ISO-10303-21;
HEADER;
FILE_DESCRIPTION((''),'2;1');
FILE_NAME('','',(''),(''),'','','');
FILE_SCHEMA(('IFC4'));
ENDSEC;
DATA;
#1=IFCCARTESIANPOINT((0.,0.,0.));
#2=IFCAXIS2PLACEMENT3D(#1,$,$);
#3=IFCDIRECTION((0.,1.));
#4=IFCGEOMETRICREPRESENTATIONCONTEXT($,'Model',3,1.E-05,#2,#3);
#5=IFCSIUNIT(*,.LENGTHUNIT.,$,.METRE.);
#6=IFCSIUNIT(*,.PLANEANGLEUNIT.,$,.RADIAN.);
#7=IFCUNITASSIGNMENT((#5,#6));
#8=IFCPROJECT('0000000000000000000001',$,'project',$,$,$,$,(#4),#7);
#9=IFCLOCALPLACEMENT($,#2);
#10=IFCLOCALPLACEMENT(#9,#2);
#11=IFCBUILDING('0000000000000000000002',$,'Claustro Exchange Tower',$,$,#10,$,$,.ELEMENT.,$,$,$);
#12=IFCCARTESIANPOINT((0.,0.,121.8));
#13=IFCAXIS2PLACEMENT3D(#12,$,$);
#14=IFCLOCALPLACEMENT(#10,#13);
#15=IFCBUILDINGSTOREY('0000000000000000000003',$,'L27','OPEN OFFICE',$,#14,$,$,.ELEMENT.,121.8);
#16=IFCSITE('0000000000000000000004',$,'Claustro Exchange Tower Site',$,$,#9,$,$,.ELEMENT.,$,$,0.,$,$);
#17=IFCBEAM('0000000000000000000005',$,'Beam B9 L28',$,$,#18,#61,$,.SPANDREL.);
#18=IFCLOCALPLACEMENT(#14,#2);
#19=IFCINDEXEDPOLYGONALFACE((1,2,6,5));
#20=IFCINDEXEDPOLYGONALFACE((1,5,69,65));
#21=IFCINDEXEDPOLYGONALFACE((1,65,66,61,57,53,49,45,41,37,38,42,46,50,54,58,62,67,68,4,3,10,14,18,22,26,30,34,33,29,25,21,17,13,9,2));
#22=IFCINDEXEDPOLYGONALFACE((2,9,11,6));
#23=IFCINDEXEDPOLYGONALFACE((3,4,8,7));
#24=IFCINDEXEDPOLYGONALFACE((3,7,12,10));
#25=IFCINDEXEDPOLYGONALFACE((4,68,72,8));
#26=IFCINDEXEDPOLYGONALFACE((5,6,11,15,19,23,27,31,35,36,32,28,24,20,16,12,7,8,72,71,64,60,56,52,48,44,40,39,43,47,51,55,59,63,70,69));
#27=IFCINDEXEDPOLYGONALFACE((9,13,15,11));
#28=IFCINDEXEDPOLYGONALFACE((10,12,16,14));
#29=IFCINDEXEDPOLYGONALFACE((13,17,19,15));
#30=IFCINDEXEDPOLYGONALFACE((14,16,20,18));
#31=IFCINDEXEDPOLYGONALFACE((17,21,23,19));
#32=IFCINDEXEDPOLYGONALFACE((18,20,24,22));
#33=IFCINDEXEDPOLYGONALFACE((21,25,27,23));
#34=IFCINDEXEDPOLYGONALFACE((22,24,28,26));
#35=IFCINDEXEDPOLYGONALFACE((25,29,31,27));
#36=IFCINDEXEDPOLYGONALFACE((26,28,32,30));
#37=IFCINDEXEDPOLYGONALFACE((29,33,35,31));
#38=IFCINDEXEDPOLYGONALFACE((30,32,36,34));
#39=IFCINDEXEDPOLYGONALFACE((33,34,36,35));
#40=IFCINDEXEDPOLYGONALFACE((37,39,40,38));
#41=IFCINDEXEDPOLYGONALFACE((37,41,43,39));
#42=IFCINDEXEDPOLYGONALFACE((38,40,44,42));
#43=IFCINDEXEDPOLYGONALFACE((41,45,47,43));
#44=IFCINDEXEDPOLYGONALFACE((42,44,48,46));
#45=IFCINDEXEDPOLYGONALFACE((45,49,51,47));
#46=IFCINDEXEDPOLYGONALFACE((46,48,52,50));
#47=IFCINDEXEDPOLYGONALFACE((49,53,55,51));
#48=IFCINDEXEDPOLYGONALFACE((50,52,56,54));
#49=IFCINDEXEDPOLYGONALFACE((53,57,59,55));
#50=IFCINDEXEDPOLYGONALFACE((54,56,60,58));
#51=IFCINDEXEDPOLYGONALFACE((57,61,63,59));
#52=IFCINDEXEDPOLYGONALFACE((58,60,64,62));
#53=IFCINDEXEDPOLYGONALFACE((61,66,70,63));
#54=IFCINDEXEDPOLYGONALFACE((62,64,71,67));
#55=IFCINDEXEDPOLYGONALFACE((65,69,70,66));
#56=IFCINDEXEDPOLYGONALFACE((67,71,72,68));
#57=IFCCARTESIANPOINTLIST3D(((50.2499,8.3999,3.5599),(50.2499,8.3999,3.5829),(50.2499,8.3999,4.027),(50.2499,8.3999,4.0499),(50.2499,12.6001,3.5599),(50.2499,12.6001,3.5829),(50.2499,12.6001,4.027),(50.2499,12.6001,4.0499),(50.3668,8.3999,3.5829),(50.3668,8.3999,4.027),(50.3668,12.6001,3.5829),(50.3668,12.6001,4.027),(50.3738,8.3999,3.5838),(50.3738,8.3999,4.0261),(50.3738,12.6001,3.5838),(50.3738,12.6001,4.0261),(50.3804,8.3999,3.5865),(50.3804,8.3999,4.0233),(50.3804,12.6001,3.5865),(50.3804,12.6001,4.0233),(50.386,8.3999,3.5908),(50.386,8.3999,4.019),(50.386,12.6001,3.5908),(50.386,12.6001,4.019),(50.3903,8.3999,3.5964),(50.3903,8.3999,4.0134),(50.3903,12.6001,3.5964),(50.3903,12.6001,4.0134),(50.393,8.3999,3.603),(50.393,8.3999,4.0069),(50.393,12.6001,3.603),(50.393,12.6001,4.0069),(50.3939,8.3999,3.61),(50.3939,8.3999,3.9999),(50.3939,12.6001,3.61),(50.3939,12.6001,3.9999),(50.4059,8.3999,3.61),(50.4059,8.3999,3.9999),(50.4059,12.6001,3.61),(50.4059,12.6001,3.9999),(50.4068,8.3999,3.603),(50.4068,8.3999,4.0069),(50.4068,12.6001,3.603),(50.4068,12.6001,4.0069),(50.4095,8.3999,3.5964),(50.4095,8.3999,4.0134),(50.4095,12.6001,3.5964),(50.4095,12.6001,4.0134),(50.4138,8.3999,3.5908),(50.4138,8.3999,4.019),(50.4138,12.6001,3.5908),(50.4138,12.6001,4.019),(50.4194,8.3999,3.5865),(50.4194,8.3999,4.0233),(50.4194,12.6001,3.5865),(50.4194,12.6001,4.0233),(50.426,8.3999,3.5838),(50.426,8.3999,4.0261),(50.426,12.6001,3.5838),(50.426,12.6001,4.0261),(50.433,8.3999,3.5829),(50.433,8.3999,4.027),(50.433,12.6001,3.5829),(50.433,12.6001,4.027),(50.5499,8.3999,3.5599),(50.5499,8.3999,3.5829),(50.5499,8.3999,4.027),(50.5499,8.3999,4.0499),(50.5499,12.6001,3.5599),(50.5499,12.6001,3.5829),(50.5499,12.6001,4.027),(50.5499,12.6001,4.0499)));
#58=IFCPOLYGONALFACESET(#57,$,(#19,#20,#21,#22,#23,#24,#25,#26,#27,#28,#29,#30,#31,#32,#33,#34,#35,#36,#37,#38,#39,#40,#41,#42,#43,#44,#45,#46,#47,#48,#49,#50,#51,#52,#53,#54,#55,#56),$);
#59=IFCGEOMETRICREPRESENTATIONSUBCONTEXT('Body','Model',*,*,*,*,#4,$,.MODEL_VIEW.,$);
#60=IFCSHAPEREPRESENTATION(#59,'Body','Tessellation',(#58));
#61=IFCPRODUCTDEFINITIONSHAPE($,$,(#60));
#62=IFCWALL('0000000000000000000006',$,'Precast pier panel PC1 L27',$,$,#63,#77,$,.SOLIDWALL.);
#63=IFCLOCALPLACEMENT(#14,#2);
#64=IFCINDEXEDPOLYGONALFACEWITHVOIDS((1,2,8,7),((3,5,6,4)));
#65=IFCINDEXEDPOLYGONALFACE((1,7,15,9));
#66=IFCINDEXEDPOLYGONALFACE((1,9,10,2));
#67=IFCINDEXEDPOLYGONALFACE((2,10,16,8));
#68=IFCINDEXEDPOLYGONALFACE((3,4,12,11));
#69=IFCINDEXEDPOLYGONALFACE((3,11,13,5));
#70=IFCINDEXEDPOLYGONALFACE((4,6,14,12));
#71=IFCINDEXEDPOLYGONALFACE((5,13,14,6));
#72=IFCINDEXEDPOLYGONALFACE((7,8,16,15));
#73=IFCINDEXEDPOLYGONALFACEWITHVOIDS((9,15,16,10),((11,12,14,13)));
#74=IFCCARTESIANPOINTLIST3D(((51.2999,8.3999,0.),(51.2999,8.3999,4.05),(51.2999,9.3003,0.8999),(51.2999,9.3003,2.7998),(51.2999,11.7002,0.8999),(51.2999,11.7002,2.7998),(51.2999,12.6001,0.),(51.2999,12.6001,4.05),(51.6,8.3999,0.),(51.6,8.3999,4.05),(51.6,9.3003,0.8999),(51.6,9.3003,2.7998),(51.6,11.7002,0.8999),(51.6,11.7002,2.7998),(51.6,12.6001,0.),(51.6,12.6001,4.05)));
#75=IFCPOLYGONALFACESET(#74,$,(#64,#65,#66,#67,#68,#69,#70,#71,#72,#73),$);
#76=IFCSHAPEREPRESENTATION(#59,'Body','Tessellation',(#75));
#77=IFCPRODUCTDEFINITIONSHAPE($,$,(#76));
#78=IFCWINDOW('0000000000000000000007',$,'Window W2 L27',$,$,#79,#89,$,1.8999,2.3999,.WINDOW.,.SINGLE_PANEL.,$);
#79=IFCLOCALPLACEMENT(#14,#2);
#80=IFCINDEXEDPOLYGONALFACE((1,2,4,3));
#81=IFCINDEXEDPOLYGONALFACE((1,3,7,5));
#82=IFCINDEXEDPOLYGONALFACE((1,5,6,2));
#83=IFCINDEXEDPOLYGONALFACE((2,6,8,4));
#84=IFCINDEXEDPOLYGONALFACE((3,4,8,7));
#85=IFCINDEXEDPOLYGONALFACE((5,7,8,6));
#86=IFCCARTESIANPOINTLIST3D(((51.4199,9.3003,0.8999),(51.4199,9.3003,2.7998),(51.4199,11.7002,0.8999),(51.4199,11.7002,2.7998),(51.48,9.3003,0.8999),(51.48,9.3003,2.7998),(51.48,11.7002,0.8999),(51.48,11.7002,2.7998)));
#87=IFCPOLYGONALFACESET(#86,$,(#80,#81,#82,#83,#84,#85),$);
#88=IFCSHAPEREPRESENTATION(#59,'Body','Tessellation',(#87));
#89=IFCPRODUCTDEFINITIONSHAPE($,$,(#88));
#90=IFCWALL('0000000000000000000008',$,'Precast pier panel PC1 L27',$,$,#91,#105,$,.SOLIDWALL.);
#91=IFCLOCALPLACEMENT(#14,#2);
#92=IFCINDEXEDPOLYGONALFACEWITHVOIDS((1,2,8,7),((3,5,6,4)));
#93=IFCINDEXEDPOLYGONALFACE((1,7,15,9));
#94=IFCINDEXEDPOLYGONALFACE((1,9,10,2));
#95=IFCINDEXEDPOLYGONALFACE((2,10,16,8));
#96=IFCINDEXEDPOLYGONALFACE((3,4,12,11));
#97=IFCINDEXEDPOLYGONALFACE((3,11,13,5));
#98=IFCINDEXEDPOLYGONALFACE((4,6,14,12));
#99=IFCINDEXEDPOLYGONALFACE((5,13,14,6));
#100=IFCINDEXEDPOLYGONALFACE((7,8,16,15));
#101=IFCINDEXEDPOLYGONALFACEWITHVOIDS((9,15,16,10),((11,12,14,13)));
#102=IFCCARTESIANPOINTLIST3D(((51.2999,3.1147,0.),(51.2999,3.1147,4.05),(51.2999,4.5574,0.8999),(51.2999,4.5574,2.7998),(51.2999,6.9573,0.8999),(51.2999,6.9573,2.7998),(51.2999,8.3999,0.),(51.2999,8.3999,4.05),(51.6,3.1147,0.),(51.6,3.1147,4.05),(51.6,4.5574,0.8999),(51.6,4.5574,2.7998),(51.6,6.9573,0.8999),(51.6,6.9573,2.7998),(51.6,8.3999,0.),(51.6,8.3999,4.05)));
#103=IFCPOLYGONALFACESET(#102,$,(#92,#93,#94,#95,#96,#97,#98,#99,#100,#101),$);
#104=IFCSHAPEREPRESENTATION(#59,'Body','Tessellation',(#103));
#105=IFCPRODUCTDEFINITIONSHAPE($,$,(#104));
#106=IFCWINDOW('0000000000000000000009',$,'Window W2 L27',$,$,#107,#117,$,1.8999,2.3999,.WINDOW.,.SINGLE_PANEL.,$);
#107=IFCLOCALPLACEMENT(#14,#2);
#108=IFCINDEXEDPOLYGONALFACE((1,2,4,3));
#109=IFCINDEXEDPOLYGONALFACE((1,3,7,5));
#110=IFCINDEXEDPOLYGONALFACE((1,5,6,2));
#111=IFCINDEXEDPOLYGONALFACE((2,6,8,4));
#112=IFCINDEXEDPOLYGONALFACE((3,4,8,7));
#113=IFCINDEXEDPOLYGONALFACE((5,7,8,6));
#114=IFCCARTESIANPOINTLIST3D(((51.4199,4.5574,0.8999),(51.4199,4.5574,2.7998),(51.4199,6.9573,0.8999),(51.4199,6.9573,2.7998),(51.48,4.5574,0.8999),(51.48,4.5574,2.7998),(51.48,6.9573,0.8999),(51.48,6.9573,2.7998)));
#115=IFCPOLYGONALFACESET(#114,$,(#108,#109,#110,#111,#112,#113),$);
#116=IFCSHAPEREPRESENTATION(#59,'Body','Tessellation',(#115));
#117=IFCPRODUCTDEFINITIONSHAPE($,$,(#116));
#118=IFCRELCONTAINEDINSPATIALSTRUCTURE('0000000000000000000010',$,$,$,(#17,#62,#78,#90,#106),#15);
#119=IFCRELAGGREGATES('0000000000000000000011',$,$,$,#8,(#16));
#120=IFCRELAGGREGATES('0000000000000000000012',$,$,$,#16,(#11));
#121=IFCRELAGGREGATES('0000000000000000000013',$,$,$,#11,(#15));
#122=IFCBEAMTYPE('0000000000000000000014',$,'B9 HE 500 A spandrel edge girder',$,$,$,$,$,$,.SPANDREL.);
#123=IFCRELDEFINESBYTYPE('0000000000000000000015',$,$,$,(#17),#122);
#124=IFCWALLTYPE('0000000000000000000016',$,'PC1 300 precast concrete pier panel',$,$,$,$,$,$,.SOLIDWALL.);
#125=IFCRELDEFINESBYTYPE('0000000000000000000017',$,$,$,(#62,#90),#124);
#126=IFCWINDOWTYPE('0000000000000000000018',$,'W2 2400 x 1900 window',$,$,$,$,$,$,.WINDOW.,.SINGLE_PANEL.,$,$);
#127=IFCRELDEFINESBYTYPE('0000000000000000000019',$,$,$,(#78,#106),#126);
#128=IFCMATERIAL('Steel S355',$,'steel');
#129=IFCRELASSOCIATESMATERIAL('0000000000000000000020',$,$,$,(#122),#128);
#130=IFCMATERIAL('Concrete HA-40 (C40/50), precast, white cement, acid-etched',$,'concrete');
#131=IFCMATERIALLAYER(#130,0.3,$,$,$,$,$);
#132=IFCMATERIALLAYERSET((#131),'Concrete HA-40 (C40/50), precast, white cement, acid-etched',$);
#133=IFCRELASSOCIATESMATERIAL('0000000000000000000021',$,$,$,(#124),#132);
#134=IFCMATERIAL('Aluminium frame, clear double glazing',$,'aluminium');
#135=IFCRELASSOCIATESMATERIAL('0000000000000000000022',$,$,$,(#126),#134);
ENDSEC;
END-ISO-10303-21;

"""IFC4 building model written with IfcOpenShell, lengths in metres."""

from ifc_helpers import new_model, si_unit, direction, frame, frame_2d, origin, origin_2d, place, context, subcontext, project, spatial, rectangle, i_section, extrude, material, layer, layer_set, material_profile, profile_set, type_object, element, fill, save


model = new_model("IFC4")

# Units and contexts
model_context = context("Model", 3, precision=1e-05, world=origin(), true_north=direction((0.0, 1.0)))
body_context = subcontext(model_context, "Body", "Model", "MODEL_VIEW")
ifc_project = project(units=[si_unit("LENGTHUNIT", "METRE"), si_unit("PLANEANGLEUNIT", "RADIAN")], contexts=[model_context])

# Site, building, storey
site_placement = place(None, origin())
site = spatial("IfcSite", under=ifc_project, at=site_placement, Name="Claustro Exchange Tower Site", CompositionType="ELEMENT", RefElevation=0.0)
building_placement = place(site_placement, origin())
building = spatial("IfcBuilding", under=site, at=building_placement, Name="Claustro Exchange Tower", CompositionType="ELEMENT")
storey_placement = place(building_placement, frame((0.0, 0.0, 121.8)))
storey = spatial("IfcBuildingStorey", under=building, at=storey_placement, Name="L27", Description="OPEN OFFICE", CompositionType="ELEMENT", Elevation=121.8)

# Beam
ifc_material_1 = material(Name="Steel S355", Category="steel")
ifc_material_profile_1 = material_profile(ifc_material_1, i_section(OverallWidth=0.3, OverallDepth=0.49, WebThickness=0.012, FlangeThickness=0.0229, FilletRadius=0.0271, at=origin_2d()), Name="HE 500 A")
ifc_profile_set_1 = profile_set([ifc_material_profile_1], Name="Steel S355")
beam_type_1 = type_object("IfcBeamType", Name="B9 HE 500 A spandrel edge girder", PredefinedType="SPANDREL", material=ifc_profile_set_1)
beam_1_placement = place(storey_placement, frame((50.3999, 8.3999, 3.8049), z_axis=(0.0, 1.0, 0.0), x_axis=(-1.0, 0.0, 0.0)))
element("IfcBeam", 1, at=beam_1_placement, inside=storey, type_object=beam_type_1, Name="Beam B9 L28", PredefinedType="SPANDREL", context=body_context, shape_type="SweptSolid", body=[
    extrude(i_section(OverallWidth=0.3, OverallDepth=0.49, WebThickness=0.012, FlangeThickness=0.0229, FilletRadius=0.0271, at=origin_2d()), origin(), (0.0, 0.0, 1.0), 4.2002),
])

# Walls, openings, windows
ifc_material_2 = material(Name="Concrete HA-40 (C40/50), precast, white cement, acid-etched", Category="concrete")
ifc_layer_1 = layer(ifc_material_2, 0.3)
ifc_layer_set_1 = layer_set([ifc_layer_1], Name="Concrete HA-40 (C40/50), precast, white cement, acid-etched")
wall_type_1 = type_object("IfcWallType", Name="PC1 300 precast concrete pier panel", PredefinedType="SOLIDWALL", material=ifc_layer_set_1)
wall_1_placement = place(storey_placement, frame((51.45, 12.6001, 0.0), z_axis=(0.0, 0.0, 1.0), x_axis=(0.0, -1.0, 0.0)))
wall_1 = element("IfcWall", 2, at=wall_1_placement, inside=storey, type_object=wall_type_1, Name="Precast pier panel PC1 L27", PredefinedType="SOLIDWALL", context=body_context, shape_type="SweptSolid", body=[
    extrude(rectangle(XDim=4.2002, YDim=0.3, at=frame_2d((2.1001, 0.0))), origin(), (0.0, 0.0, 1.0), 4.05),
])
opening_1_placement = place(wall_1_placement, frame((0.8999, 0.0, 0.8999)))
opening_1 = element("IfcOpeningElement", 3, at=opening_1_placement, cuts=wall_1, PredefinedType="OPENING", context=body_context, shape_type="SweptSolid", body=[
    extrude(rectangle(XDim=2.3999, YDim=1.8999, at=frame_2d((1.2, 0.95))), frame((0.0, 0.1599, 0.0), z_axis=(0.0, -1.0, 0.0), x_axis=(1.0, 0.0, 0.0)), (0.0, 0.0, 1.0), 0.3201),
])
ifc_material_3 = material(Name="Aluminium frame, clear double glazing", Category="aluminium")
window_type = type_object("IfcWindowType", Name="W2 2400 x 1900 window", PartitioningType="SINGLE_PANEL", PredefinedType="WINDOW", material=ifc_material_3)
window_1_placement = place(opening_1_placement, origin())
window_1 = element("IfcWindow", 4, at=window_1_placement, inside=storey, type_object=window_type, Name="Window W2 L27", OverallHeight=1.8999, OverallWidth=2.3999, PartitioningType="SINGLE_PANEL", PredefinedType="WINDOW", context=body_context, shape_type="SweptSolid", body=[
    extrude(rectangle(XDim=2.3999, YDim=1.8999, at=frame_2d((1.2, 0.95))), frame((0.0, 0.03, 0.0), z_axis=(0.0, -1.0, 0.0), x_axis=(1.0, 0.0, 0.0)), (0.0, 0.0, 1.0), 0.0601),
])
fill(opening_1, window_1)
wall_2_placement = place(storey_placement, frame((51.45, 8.3999, 0.0), z_axis=(0.0, 0.0, 1.0), x_axis=(0.0, -1.0, 0.0)))
wall_2 = element("IfcWall", 5, at=wall_2_placement, inside=storey, type_object=wall_type_1, Name="Precast pier panel PC1 L27", PredefinedType="SOLIDWALL", context=body_context, shape_type="SweptSolid", body=[
    extrude(rectangle(XDim=5.2852, YDim=0.3, at=frame_2d((2.6426, 0.0))), origin(), (0.0, 0.0, 1.0), 4.05),
])
opening_2_placement = place(wall_2_placement, frame((1.4426, 0.0, 0.8999)))
opening_2 = element("IfcOpeningElement", 6, at=opening_2_placement, cuts=wall_2, PredefinedType="OPENING", context=body_context, shape_type="SweptSolid", body=[
    extrude(rectangle(XDim=2.3999, YDim=1.8999, at=frame_2d((1.2, 0.95))), frame((0.0, 0.1599, 0.0), z_axis=(0.0, -1.0, 0.0), x_axis=(1.0, 0.0, 0.0)), (0.0, 0.0, 1.0), 0.3201),
])
window_2_placement = place(opening_2_placement, origin())
window_2 = element("IfcWindow", 7, at=window_2_placement, inside=storey, type_object=window_type, Name="Window W2 L27", OverallHeight=1.8999, OverallWidth=2.3999, PartitioningType="SINGLE_PANEL", PredefinedType="WINDOW", context=body_context, shape_type="SweptSolid", body=[
    extrude(rectangle(XDim=2.3999, YDim=1.8999, at=frame_2d((1.2, 0.95))), frame((0.0, 0.03, 0.0), z_axis=(0.0, -1.0, 0.0), x_axis=(1.0, 0.0, 0.0)), (0.0, 0.0, 1.0), 0.0601),
])
fill(opening_2, window_2)

save(model, "model.ifc")
